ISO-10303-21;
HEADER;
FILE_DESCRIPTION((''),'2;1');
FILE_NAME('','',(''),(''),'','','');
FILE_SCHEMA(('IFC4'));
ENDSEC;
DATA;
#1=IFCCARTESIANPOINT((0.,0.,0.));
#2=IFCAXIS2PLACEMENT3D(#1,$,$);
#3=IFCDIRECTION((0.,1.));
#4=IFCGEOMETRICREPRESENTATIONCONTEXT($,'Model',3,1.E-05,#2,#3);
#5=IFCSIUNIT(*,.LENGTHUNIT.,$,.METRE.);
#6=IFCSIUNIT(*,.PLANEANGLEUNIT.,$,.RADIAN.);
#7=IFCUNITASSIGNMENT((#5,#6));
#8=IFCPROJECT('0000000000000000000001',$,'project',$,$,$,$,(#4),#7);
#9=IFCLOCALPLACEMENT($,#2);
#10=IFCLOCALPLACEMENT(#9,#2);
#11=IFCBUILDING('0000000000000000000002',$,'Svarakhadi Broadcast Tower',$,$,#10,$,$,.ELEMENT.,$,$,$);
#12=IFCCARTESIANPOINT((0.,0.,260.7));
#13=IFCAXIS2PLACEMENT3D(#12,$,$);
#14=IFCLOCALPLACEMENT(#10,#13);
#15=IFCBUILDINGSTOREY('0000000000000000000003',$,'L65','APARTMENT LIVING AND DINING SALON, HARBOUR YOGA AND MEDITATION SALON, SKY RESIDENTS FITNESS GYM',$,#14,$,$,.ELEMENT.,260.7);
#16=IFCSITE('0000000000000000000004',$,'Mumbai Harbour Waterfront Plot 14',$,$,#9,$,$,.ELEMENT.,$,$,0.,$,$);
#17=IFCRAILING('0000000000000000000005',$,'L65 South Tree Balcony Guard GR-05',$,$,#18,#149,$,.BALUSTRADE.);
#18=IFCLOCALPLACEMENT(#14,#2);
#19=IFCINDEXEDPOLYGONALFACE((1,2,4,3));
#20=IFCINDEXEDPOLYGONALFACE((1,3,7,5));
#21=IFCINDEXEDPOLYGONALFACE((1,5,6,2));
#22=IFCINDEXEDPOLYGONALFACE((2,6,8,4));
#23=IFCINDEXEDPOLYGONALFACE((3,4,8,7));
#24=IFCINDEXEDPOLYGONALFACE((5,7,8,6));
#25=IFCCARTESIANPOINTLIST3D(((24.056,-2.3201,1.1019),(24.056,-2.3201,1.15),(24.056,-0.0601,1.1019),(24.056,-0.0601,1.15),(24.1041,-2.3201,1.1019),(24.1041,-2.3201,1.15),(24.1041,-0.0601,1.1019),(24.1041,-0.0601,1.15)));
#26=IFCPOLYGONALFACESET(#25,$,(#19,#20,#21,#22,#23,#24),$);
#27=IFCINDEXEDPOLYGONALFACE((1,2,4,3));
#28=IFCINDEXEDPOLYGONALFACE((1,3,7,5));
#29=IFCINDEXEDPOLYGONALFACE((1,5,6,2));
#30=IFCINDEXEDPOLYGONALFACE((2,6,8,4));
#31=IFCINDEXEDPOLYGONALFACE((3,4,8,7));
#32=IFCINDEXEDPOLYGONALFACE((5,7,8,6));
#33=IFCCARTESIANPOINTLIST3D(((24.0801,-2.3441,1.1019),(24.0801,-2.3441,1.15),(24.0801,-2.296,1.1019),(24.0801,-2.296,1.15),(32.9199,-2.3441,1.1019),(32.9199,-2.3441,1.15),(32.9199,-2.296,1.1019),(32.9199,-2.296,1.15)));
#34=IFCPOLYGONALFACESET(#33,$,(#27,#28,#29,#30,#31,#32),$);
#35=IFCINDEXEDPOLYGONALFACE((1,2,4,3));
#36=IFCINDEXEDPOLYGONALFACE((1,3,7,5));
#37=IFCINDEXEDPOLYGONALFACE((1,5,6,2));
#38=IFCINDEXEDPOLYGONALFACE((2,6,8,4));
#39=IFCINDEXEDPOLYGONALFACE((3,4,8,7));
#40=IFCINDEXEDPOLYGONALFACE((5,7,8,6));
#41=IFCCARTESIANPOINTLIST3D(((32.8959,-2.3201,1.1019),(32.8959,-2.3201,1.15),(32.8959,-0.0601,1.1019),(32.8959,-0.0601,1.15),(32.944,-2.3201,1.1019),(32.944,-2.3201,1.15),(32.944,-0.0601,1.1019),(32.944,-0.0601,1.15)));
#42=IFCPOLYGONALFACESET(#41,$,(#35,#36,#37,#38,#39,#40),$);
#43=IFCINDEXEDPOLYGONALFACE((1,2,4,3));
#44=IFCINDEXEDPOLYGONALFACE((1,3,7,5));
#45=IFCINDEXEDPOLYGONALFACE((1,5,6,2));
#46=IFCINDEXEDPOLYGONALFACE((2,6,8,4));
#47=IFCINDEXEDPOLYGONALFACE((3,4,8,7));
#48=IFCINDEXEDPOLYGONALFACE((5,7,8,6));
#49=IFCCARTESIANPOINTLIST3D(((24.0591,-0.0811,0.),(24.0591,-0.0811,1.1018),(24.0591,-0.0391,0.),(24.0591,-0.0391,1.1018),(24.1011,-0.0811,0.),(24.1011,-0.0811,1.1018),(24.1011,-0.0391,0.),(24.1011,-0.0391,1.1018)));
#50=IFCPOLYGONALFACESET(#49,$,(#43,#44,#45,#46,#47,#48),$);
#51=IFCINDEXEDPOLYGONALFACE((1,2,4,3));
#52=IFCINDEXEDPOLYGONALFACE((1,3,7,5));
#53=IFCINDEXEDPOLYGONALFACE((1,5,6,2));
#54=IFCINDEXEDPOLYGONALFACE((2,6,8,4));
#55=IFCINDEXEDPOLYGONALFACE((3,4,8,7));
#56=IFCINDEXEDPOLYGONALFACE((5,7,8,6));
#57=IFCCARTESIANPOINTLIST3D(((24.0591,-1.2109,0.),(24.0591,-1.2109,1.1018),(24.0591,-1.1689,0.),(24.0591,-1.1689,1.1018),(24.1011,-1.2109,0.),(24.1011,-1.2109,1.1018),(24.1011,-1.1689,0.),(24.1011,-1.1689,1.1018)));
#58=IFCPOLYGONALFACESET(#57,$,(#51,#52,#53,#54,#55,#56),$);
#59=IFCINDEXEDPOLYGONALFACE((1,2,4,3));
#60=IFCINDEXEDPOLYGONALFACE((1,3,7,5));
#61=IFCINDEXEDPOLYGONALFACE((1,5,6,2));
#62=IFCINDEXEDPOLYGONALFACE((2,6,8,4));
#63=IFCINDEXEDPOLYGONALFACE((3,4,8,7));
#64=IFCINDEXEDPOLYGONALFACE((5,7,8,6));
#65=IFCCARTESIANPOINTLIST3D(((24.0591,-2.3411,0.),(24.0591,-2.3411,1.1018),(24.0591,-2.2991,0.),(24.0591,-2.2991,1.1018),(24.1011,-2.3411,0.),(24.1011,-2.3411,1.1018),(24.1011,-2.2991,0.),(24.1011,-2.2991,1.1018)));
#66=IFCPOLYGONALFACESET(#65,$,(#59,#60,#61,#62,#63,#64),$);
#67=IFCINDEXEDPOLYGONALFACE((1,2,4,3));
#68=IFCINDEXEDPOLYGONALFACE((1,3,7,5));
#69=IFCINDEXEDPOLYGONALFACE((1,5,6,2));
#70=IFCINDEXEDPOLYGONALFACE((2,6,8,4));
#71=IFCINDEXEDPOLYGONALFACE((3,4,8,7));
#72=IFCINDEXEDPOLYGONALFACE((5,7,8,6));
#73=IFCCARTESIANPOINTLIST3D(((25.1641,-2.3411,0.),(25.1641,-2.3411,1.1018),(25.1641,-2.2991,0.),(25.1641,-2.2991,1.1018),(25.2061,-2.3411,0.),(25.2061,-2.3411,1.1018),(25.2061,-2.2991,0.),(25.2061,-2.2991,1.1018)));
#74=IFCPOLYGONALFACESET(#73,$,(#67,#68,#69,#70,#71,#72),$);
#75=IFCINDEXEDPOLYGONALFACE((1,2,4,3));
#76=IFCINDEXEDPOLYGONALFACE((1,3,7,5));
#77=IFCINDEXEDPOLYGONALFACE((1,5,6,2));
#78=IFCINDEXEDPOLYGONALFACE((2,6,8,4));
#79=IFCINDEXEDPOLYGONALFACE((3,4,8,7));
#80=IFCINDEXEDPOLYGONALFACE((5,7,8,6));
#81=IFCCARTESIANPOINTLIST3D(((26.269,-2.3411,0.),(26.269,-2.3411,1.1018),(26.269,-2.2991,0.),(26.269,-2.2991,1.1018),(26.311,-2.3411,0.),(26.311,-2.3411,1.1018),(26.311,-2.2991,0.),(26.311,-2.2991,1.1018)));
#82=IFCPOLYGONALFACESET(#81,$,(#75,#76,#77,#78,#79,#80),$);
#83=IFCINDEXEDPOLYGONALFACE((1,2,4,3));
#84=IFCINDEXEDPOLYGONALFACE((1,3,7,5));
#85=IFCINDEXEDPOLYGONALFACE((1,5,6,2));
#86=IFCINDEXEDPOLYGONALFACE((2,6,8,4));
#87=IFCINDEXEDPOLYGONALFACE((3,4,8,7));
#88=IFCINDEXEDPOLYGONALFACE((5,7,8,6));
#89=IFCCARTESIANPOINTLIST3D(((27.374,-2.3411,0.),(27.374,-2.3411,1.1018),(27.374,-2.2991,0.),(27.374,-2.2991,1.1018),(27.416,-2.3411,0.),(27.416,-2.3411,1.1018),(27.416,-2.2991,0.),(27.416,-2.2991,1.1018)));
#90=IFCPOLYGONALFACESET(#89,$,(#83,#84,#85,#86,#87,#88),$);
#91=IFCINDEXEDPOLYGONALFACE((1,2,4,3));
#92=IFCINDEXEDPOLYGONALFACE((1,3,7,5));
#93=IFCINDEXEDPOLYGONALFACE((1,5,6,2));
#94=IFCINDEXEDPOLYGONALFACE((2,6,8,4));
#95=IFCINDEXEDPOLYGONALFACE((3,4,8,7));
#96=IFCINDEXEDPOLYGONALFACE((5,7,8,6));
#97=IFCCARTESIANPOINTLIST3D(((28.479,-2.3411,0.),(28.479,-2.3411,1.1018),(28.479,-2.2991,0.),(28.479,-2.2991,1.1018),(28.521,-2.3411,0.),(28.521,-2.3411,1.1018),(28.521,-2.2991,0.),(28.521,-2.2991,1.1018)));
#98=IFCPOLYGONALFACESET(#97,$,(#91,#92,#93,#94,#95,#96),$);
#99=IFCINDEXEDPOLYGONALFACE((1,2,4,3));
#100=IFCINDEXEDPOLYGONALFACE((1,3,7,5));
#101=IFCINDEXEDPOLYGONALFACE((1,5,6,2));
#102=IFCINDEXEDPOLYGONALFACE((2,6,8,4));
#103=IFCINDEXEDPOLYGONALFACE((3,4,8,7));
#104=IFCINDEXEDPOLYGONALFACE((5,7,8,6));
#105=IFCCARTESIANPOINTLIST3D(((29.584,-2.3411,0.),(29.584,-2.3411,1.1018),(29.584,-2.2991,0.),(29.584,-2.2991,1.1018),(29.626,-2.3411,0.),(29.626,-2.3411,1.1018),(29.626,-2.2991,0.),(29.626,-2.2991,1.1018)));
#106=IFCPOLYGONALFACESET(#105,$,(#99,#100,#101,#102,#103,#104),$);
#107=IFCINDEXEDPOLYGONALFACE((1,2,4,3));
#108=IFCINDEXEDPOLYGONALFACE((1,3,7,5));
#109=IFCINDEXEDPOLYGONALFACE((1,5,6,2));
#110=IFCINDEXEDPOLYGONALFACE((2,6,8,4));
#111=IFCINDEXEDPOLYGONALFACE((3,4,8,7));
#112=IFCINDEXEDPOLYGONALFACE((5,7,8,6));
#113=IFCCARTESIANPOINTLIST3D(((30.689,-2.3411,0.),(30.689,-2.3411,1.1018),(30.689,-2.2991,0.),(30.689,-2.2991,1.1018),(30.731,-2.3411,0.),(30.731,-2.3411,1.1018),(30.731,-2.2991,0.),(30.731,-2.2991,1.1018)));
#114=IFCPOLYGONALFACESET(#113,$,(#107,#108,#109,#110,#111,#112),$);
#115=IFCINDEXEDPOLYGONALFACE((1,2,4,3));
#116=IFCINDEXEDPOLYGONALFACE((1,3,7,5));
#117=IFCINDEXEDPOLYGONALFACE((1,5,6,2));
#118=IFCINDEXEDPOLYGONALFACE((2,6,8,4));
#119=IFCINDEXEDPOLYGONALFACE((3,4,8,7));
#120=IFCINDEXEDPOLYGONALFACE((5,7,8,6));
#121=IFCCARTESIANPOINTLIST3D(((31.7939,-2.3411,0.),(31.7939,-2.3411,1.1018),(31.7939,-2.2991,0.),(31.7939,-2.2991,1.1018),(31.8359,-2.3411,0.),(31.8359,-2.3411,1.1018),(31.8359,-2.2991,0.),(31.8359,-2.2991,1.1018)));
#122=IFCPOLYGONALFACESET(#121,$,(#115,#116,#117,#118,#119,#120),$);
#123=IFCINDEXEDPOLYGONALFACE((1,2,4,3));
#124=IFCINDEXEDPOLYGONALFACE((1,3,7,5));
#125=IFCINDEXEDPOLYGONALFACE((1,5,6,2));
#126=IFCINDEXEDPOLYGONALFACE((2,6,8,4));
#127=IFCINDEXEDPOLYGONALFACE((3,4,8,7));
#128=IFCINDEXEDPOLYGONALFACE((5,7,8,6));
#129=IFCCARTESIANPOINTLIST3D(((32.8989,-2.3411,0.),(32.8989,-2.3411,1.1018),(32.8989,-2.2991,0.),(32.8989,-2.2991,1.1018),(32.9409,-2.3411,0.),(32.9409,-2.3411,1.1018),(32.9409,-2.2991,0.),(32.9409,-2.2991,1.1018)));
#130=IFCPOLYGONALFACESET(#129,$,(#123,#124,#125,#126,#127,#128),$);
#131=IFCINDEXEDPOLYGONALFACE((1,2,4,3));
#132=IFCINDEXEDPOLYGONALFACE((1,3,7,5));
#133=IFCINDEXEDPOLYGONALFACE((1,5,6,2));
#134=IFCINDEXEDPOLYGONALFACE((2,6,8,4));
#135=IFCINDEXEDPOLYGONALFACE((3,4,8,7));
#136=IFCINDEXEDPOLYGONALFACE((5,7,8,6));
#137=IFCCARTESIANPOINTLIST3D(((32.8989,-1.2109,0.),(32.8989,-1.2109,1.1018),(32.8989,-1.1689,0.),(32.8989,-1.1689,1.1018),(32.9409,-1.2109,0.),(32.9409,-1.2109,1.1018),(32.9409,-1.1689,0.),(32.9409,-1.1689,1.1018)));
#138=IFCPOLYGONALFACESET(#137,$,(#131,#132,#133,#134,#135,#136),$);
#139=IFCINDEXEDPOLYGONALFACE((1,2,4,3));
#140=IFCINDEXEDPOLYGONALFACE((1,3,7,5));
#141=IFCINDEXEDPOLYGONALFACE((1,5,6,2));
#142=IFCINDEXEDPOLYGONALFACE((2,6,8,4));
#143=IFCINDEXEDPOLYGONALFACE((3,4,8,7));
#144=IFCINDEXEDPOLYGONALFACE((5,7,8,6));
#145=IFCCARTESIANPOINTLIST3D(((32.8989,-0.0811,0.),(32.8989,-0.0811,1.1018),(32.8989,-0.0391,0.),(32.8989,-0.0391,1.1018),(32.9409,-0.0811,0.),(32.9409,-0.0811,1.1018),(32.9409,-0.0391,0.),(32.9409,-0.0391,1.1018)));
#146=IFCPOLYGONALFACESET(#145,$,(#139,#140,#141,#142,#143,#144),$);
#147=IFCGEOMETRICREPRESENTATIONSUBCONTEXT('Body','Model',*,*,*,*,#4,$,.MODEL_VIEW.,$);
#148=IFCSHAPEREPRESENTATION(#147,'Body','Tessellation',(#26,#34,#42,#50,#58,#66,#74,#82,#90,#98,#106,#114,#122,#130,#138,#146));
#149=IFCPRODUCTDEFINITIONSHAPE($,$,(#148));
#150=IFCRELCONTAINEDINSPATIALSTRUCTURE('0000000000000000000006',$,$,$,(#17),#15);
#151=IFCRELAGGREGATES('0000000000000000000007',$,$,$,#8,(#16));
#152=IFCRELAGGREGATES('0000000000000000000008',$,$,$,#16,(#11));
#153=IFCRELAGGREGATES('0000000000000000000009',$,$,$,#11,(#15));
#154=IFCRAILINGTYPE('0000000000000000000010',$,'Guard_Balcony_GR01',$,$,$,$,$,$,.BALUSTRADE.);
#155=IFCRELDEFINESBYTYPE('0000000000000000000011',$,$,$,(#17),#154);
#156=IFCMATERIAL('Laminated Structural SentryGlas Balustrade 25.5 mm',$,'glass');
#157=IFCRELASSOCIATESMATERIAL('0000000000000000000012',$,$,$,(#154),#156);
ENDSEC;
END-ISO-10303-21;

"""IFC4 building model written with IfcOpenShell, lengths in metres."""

from ifc_helpers import new_model, si_unit, direction, frame, origin, origin_2d, place, context, subcontext, project, spatial, rectangle, extrude, material, type_object, element, save


model = new_model("IFC4")

# Units and contexts
model_context = context("Model", 3, precision=1e-05, world=origin(), true_north=direction((0.0, 1.0)))
body_context = subcontext(model_context, "Body", "Model", "MODEL_VIEW")
ifc_project = project(units=[si_unit("LENGTHUNIT", "METRE"), si_unit("PLANEANGLEUNIT", "RADIAN")], contexts=[model_context])

# Site, building, storey
site_placement = place(None, origin())
site = spatial("IfcSite", under=ifc_project, at=site_placement, Name="Mumbai Harbour Waterfront Plot 14", CompositionType="ELEMENT", RefElevation=0.0)
building_placement = place(site_placement, origin())
building = spatial("IfcBuilding", under=site, at=building_placement, Name="Svarakhadi Broadcast Tower", CompositionType="ELEMENT")
storey_placement = place(building_placement, frame((0.0, 0.0, 260.7)))
storey = spatial("IfcBuildingStorey", under=building, at=storey_placement, Name="L65", Description="APARTMENT LIVING AND DINING SALON, HARBOUR YOGA AND MEDITATION SALON, SKY RESIDENTS FITNESS GYM", CompositionType="ELEMENT", Elevation=260.7)

# Railing
ifc_material_1 = material(Name="Laminated Structural SentryGlas Balustrade 25.5 mm", Category="glass")
railing_type = type_object("IfcRailingType", Name="Guard_Balcony_GR01", PredefinedType="BALUSTRADE", material=ifc_material_1)
railing_placement = place(storey_placement, frame((24.0801, -0.0601, 0.0)))
element("IfcRailing", 1, at=railing_placement, inside=storey, type_object=railing_type, Name="L65 South Tree Balcony Guard GR-05", PredefinedType="BALUSTRADE", context=body_context, shape_type="SweptSolid", body=[
    extrude(rectangle(XDim=0.0481, YDim=0.0481, at=origin_2d()), frame((0.0, 0.0, 1.126), z_axis=(0.0, -1.0, 0.0), x_axis=(1.0, 0.0, 0.0)), (0.0, 0.0, 1.0), 2.26),
    extrude(rectangle(XDim=0.0481, YDim=0.0481, at=origin_2d()), frame((0.0, -2.26, 1.126), z_axis=(1.0, 0.0, 0.0), x_axis=(0.0, 1.0, 0.0)), (0.0, 0.0, 1.0), 8.8398),
    extrude(rectangle(XDim=0.0481, YDim=0.0481, at=origin_2d()), frame((8.8398, -2.26, 1.126), z_axis=(0.0, 1.0, 0.0), x_axis=(-1.0, 0.0, 0.0)), (0.0, 0.0, 1.0), 2.26),
    extrude(rectangle(XDim=0.042, YDim=0.042, at=origin_2d()), origin(), (0.0, 0.0, 1.0), 1.1018),
    extrude(rectangle(XDim=0.042, YDim=0.042, at=origin_2d()), frame((0.0, -1.1299, 0.0)), (0.0, 0.0, 1.0), 1.1018),
    extrude(rectangle(XDim=0.042, YDim=0.042, at=origin_2d()), frame((0.0, -2.26, 0.0)), (0.0, 0.0, 1.0), 1.1018),
    extrude(rectangle(XDim=0.042, YDim=0.042, at=origin_2d()), frame((1.105, -2.26, 0.0)), (0.0, 0.0, 1.0), 1.1018),
    extrude(rectangle(XDim=0.042, YDim=0.042, at=origin_2d()), frame((2.21, -2.26, 0.0)), (0.0, 0.0, 1.0), 1.1018),
    extrude(rectangle(XDim=0.042, YDim=0.042, at=origin_2d()), frame((3.3149, -2.26, 0.0)), (0.0, 0.0, 1.0), 1.1018),
    extrude(rectangle(XDim=0.042, YDim=0.042, at=origin_2d()), frame((4.4199, -2.26, 0.0)), (0.0, 0.0, 1.0), 1.1018),
    extrude(rectangle(XDim=0.042, YDim=0.042, at=origin_2d()), frame((5.5249, -2.26, 0.0)), (0.0, 0.0, 1.0), 1.1018),
    extrude(rectangle(XDim=0.042, YDim=0.042, at=origin_2d()), frame((6.6299, -2.26, 0.0)), (0.0, 0.0, 1.0), 1.1018),
    extrude(rectangle(XDim=0.042, YDim=0.042, at=origin_2d()), frame((7.7349, -2.26, 0.0)), (0.0, 0.0, 1.0), 1.1018),
    extrude(rectangle(XDim=0.042, YDim=0.042, at=origin_2d()), frame((8.8398, -2.26, 0.0)), (0.0, 0.0, 1.0), 1.1018),
    extrude(rectangle(XDim=0.042, YDim=0.042, at=origin_2d()), frame((8.8398, -1.1299, 0.0)), (0.0, 0.0, 1.0), 1.1018),
    extrude(rectangle(XDim=0.042, YDim=0.042, at=origin_2d()), frame((8.8398, 0.0, 0.0)), (0.0, 0.0, 1.0), 1.1018),
])

save(model, "model.ifc")
